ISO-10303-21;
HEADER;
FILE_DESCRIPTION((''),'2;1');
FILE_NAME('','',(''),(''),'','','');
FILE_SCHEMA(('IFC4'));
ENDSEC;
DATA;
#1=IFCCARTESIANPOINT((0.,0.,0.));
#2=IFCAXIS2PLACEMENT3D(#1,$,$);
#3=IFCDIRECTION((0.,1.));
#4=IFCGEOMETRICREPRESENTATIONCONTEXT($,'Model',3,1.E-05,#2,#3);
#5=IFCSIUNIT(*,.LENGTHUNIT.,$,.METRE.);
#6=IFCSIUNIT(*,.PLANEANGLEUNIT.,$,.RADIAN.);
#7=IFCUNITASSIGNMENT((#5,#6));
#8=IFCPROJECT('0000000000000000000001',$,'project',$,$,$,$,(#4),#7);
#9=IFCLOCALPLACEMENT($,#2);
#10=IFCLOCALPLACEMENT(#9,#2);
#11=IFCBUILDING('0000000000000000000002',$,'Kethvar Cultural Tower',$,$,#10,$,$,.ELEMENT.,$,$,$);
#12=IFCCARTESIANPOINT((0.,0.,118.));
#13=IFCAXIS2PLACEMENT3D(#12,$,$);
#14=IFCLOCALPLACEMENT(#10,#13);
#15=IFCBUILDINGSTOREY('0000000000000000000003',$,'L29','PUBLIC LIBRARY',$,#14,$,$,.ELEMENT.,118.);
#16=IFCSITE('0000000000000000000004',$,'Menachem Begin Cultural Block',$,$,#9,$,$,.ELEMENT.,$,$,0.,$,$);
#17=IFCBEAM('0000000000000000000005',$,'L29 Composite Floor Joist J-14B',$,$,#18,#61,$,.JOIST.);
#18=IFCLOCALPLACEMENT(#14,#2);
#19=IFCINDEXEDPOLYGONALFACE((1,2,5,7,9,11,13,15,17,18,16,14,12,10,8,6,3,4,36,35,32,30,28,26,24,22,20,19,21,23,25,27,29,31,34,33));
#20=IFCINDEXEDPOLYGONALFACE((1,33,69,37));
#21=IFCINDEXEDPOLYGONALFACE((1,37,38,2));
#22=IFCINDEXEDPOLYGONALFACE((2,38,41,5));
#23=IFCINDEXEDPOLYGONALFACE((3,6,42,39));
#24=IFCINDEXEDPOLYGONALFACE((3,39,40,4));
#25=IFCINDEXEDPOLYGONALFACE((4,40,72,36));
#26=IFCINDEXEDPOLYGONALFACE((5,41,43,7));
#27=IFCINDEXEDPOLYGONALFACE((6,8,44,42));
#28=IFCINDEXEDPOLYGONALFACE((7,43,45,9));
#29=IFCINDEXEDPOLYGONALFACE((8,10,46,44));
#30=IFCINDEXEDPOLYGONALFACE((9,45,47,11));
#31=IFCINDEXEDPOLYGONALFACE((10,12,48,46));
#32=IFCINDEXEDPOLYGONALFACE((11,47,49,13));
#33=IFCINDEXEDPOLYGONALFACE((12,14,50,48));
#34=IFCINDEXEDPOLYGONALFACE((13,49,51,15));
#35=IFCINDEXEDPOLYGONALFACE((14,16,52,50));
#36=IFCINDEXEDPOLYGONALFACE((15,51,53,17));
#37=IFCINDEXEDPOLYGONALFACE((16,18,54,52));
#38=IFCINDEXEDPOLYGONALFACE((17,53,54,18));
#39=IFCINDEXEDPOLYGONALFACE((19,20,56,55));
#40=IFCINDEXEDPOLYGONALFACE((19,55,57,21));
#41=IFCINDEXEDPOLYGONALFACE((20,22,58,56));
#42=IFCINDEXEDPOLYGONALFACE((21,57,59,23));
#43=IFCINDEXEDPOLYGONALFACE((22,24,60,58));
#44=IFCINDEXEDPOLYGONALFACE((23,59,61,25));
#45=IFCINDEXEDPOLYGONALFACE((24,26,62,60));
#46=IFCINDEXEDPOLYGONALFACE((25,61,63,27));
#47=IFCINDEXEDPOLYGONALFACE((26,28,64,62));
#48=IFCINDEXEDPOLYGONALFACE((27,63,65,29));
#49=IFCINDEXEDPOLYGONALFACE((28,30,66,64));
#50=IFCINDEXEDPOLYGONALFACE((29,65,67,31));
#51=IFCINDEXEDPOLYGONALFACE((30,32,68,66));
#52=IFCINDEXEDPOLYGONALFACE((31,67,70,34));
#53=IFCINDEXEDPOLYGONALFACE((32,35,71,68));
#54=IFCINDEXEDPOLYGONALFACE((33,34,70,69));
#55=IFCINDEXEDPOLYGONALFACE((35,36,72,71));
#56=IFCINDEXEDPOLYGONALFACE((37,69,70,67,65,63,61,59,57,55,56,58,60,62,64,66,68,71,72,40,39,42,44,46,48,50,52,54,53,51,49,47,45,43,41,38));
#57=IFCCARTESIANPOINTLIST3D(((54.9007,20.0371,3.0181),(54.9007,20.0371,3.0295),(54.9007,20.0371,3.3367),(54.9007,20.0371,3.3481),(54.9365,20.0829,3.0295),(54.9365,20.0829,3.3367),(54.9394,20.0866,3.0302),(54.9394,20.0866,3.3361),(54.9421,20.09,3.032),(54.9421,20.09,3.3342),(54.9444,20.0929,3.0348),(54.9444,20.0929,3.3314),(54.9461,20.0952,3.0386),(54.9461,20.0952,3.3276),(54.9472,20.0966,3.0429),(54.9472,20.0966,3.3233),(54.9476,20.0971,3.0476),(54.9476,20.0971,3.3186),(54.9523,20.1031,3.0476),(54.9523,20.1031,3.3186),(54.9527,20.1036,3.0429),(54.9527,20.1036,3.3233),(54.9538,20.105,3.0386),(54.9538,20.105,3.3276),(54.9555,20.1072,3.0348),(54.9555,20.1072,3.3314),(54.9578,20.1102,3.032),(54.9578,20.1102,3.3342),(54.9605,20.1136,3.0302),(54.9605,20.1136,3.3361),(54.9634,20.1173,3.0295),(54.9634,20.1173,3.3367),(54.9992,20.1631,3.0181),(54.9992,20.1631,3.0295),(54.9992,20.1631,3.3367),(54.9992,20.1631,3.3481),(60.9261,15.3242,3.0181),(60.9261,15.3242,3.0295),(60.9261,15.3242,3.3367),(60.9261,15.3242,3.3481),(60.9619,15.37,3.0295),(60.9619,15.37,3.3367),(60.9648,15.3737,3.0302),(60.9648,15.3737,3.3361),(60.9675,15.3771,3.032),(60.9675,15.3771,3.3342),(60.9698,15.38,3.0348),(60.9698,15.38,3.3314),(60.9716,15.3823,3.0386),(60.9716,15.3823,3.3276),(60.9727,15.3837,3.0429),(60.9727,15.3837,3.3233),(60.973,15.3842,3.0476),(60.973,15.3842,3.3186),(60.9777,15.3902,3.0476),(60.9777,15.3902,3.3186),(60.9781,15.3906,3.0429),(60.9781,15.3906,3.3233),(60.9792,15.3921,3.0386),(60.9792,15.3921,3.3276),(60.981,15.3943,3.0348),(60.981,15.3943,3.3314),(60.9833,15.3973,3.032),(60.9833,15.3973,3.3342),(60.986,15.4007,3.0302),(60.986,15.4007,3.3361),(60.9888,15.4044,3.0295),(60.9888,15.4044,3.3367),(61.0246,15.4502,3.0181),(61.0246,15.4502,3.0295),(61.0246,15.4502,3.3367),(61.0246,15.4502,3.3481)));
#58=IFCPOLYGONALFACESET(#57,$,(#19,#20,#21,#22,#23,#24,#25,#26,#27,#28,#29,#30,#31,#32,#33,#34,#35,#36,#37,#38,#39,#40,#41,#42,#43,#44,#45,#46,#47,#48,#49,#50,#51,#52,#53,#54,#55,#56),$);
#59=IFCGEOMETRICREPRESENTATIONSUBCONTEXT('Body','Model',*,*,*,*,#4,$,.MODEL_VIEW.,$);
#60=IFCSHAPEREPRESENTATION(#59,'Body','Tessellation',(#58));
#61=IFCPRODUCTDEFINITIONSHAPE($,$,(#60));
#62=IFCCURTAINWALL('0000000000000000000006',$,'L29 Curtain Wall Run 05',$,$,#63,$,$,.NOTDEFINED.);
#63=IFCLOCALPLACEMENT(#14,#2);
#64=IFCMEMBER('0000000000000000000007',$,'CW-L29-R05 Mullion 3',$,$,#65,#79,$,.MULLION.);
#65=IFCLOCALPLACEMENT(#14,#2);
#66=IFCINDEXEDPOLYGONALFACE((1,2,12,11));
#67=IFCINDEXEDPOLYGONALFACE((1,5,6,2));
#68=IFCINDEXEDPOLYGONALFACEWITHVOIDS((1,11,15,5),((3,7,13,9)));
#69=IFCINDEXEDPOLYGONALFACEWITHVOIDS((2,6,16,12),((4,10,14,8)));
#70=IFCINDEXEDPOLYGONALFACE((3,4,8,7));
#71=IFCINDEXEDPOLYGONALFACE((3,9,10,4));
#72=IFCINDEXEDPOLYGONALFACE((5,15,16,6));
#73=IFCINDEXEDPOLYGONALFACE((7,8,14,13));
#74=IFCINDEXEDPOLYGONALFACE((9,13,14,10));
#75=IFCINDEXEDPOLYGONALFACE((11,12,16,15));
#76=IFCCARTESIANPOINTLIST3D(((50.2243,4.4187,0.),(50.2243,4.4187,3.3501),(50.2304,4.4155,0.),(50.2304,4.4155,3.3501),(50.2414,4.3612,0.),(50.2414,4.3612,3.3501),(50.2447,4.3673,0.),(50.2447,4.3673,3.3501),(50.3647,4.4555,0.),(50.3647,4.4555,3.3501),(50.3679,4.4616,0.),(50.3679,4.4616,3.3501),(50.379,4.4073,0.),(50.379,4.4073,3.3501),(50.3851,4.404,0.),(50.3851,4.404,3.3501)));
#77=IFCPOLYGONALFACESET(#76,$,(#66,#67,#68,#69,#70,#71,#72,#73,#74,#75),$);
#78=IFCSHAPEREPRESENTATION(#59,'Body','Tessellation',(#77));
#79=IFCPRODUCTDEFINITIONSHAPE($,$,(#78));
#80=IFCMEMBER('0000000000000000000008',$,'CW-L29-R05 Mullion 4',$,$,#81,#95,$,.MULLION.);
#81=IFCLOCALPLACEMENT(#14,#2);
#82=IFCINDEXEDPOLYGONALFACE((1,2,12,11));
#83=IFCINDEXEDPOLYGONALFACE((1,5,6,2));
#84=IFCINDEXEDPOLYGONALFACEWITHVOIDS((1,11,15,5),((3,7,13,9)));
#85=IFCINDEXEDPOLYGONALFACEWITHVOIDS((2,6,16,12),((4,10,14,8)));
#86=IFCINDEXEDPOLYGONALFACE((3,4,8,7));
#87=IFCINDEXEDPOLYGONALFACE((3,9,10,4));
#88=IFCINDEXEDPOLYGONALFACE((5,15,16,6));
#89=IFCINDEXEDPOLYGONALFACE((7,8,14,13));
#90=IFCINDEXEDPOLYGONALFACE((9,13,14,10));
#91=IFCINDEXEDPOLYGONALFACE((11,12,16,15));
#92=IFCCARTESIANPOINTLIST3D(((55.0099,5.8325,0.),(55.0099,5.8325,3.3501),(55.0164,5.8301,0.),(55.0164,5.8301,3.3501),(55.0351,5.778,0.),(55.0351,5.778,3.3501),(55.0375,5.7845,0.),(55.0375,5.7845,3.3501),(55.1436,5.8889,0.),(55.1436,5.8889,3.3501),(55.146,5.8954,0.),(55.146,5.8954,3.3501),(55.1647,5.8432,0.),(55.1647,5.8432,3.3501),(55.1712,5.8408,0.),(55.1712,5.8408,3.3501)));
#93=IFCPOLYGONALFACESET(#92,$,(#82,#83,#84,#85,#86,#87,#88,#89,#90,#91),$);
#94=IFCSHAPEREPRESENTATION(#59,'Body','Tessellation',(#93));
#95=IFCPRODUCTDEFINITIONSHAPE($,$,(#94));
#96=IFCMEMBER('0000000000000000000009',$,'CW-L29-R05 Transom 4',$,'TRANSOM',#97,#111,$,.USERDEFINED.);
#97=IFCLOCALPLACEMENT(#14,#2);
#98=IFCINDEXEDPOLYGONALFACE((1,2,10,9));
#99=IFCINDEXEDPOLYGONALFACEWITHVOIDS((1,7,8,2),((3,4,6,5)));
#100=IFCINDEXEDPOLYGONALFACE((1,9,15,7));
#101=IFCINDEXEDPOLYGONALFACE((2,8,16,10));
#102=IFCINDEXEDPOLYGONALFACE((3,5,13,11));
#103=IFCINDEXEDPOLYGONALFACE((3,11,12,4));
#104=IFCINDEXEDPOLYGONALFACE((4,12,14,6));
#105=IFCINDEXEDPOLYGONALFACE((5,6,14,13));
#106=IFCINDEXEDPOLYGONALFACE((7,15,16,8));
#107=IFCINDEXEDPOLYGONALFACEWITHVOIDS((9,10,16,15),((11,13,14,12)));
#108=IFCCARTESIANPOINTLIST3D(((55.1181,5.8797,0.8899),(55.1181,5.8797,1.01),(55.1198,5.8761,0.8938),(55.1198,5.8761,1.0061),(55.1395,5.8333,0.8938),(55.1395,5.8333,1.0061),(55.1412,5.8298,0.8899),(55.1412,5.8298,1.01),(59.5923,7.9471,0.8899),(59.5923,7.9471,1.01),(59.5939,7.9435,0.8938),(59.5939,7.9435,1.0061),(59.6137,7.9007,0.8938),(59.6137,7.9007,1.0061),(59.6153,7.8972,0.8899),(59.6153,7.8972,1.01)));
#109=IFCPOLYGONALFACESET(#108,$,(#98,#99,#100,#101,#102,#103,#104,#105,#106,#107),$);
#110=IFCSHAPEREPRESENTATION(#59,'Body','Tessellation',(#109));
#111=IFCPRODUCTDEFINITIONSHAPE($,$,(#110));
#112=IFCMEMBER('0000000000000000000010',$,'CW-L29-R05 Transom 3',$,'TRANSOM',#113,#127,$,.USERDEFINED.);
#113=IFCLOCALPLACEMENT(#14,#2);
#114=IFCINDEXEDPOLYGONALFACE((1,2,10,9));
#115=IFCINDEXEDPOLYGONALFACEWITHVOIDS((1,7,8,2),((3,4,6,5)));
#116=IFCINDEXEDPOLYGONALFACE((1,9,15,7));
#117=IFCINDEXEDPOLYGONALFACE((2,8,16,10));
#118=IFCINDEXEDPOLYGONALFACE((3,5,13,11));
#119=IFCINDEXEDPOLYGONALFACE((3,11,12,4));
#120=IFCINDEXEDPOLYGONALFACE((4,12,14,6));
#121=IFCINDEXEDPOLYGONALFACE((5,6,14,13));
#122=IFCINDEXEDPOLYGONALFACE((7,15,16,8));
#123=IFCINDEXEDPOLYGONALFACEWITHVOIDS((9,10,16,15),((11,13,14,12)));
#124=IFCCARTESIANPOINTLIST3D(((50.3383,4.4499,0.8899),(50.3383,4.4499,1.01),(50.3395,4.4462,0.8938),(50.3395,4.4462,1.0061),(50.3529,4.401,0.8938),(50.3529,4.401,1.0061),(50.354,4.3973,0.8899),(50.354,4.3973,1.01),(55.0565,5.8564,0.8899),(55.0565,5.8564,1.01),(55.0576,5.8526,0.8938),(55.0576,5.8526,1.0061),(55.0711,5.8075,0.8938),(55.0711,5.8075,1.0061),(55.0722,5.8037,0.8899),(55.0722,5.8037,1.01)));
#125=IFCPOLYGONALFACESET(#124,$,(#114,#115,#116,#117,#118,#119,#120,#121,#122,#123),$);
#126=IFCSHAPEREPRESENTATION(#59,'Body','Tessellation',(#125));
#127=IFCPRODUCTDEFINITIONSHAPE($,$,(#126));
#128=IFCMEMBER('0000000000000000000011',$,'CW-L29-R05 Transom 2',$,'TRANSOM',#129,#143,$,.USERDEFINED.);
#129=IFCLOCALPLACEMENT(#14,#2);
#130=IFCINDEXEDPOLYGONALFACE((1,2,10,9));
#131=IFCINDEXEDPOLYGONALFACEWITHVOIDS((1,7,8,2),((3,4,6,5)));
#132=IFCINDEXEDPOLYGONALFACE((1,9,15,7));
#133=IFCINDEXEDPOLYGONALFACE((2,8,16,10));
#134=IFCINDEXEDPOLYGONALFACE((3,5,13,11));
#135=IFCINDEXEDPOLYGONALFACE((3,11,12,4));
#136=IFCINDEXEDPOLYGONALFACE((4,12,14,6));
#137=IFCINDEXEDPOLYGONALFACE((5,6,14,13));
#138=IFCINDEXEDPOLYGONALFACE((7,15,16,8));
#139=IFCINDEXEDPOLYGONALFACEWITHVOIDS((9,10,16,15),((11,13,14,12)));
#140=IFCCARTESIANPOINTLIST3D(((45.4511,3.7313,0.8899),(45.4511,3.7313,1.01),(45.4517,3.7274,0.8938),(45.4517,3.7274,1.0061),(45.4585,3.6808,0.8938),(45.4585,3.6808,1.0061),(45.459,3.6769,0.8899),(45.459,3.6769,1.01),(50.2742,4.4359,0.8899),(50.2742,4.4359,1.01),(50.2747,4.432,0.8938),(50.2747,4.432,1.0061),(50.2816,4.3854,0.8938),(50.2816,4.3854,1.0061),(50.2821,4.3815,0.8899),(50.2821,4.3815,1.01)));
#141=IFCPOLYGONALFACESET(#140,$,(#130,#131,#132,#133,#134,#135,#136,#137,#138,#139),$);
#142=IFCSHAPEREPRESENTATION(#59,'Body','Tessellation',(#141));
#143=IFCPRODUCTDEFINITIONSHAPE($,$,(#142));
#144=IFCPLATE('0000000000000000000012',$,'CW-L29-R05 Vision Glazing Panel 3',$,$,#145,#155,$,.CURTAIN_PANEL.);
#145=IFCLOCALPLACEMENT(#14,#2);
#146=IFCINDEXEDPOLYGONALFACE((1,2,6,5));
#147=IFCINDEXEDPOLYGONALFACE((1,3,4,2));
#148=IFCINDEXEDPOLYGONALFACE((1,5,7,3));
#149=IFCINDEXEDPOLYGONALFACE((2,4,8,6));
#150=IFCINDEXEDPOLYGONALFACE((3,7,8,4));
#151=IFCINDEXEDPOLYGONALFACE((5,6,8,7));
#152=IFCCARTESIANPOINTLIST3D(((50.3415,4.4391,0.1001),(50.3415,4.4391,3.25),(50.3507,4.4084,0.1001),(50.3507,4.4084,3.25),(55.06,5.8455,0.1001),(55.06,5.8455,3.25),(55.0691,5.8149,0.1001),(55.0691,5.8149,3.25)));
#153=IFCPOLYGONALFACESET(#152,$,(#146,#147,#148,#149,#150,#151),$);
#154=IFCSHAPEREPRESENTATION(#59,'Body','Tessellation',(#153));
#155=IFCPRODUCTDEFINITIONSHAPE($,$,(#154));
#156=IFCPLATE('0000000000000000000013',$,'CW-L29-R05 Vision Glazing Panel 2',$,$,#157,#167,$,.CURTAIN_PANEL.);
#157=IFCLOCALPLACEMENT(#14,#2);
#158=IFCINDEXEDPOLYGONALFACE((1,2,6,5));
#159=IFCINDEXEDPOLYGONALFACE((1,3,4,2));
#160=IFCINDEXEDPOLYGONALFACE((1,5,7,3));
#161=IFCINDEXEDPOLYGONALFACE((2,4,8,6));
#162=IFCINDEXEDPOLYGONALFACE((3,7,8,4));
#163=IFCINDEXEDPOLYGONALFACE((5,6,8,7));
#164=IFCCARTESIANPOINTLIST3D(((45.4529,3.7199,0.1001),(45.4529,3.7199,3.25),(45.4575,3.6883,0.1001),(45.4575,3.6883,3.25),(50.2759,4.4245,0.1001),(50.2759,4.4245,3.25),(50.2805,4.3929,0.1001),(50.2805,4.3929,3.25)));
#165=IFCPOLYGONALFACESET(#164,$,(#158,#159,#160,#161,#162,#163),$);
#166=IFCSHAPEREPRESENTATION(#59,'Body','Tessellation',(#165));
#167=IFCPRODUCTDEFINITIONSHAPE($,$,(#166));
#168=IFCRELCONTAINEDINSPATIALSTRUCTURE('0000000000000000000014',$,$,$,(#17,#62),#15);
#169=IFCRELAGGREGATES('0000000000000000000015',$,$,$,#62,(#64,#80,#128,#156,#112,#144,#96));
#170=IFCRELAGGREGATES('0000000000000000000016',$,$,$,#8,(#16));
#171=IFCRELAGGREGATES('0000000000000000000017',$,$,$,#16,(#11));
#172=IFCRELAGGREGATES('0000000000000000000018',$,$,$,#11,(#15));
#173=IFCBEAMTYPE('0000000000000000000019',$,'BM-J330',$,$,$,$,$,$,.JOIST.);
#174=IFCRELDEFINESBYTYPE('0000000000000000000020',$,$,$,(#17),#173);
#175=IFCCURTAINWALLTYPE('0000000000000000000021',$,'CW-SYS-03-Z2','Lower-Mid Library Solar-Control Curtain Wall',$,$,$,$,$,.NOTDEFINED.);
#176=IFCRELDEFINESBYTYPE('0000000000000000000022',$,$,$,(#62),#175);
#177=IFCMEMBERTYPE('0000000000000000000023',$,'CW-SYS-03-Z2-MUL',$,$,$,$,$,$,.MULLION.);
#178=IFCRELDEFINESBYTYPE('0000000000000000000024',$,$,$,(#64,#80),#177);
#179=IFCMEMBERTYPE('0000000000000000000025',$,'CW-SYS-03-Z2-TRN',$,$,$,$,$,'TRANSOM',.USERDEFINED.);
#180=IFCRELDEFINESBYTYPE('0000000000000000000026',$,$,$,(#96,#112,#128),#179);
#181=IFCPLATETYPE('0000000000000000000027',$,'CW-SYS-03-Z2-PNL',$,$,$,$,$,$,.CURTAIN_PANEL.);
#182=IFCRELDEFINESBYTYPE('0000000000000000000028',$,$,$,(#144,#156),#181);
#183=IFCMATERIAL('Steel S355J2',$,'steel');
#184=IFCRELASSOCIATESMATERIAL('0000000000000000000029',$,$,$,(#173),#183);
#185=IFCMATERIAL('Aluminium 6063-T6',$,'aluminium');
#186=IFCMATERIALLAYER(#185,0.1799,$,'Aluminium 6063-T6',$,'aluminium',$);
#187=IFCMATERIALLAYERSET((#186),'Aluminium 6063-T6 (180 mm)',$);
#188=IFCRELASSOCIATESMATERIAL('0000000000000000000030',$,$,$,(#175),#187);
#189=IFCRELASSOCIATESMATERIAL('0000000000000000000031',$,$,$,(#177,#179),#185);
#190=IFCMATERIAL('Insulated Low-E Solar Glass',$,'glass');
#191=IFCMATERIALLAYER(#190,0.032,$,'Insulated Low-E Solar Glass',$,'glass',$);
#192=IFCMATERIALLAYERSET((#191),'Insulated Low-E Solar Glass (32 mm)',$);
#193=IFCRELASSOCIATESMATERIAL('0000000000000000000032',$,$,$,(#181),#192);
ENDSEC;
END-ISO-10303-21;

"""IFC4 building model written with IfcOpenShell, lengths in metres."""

from ifc_helpers import new_model, si_unit, direction, frame, origin, origin_2d, place, context, subcontext, project, spatial, rectangle, hollow_rectangle, i_section, extrude, source, transform, mapped, material, layer, layer_set, material_profile, profile_set, type_object, element, aggregate, save


model = new_model("IFC4")

# Units and contexts
model_context = context("Model", 3, precision=1e-05, world=origin(), true_north=direction((0.0, 1.0)))
body_context = subcontext(model_context, "Body", "Model", "MODEL_VIEW")
ifc_project = project(units=[si_unit("LENGTHUNIT", "METRE"), si_unit("PLANEANGLEUNIT", "RADIAN")], contexts=[model_context])

# Site, building, storey
site_placement = place(None, origin())
site = spatial("IfcSite", under=ifc_project, at=site_placement, Name="Menachem Begin Cultural Block", CompositionType="ELEMENT", RefElevation=0.0)
building_placement = place(site_placement, origin())
building = spatial("IfcBuilding", under=site, at=building_placement, Name="Kethvar Cultural Tower", CompositionType="ELEMENT")
storey_placement = place(building_placement, frame((0.0, 0.0, 118.0)))
storey = spatial("IfcBuildingStorey", under=building, at=storey_placement, Name="L29", Description="PUBLIC LIBRARY", CompositionType="ELEMENT", Elevation=118.0)

# Beam
ifc_material_1 = material(Name="Steel S355J2", Category="steel")
ifc_material_profile_1 = material_profile(ifc_material_1, i_section(OverallWidth=0.1599, OverallDepth=0.3301, WebThickness=0.0076, FlangeThickness=0.0115, FilletRadius=0.0181, at=origin_2d()), Name="Steel S355J2 — IPE330")
ifc_profile_set_1 = profile_set([ifc_material_profile_1], Name="Steel S355J2 — IPE330")
beam_type_1 = type_object("IfcBeamType", Name="BM-J330", PredefinedType="JOIST", material=ifc_profile_set_1)
shared_shape_1 = source(origin(), body_context, "Body", "SweptSolid", [
    extrude(i_section(OverallWidth=0.1599, OverallDepth=0.3301, WebThickness=0.0076, FlangeThickness=0.0115, FilletRadius=0.0181, at=origin_2d()), origin(), (0.0, 0.0, 1.0), 7.6497),
])
beam_1_placement = place(storey_placement, frame((54.95, 20.1001, 3.1831), z_axis=(0.787672, -0.616095, 0.0), x_axis=(0.616095, 0.787672, 0.0)))
element("IfcBeam", 1, at=beam_1_placement, inside=storey, type_object=beam_type_1, Name="L29 Composite Floor Joist J-14B", PredefinedType="JOIST", context=body_context, shape_type="MappedRepresentation", body=[
    mapped(shared_shape_1, transform((0.0, 0.0, 0.0), scale=1.0)),
])

# Curtain wall, members, plates
ifc_material_2 = material(Name="Aluminium 6063-T6", Category="aluminium")
ifc_layer_1 = layer(ifc_material_2, 0.1799, Name="Aluminium 6063-T6", Category="aluminium")
ifc_layer_set_1 = layer_set([ifc_layer_1], Name="Aluminium 6063-T6 (180 mm)")
curtain_wall_type = type_object("IfcCurtainWallType", Name="CW-SYS-03-Z2", Description="Lower-Mid Library Solar-Control Curtain Wall", PredefinedType="NOTDEFINED", material=ifc_layer_set_1)
curtain_wall_placement = place(storey_placement, origin())
curtain_wall = element("IfcCurtainWall", 2, at=curtain_wall_placement, inside=storey, type_object=curtain_wall_type, Name="L29 Curtain Wall Run 05", PredefinedType="NOTDEFINED")
ifc_material_profile_2 = material_profile(ifc_material_2, hollow_rectangle(XDim=0.0601, YDim=0.1499, WallThickness=0.0049, at=origin_2d()), Name="Aluminium 6063-T6 — RHS150x60x5")
ifc_profile_set_2 = profile_set([ifc_material_profile_2], Name="Aluminium 6063-T6 — RHS150x60x5")
member_type_1 = type_object("IfcMemberType", Name="CW-SYS-03-Z2-MUL", PredefinedType="MULLION", material=ifc_profile_set_2)
shared_shape_2 = source(origin(), body_context, "Body", "SweptSolid", [
    extrude(hollow_rectangle(XDim=0.0601, YDim=0.1499, WallThickness=0.0049, at=origin_2d()), origin(), (0.0, 0.0, 1.0), 3.3501),
])
member_1_placement = place(storey_placement, frame((50.3047, 4.4114, 0.0), z_axis=(0.0, 0.0, 1.0), x_axis=(-0.285655, 0.958333, 0.0)))
member_1 = element("IfcMember", 3, at=member_1_placement, type_object=member_type_1, Name="CW-L29-R05 Mullion 3", PredefinedType="MULLION", context=body_context, shape_type="MappedRepresentation", body=[
    mapped(shared_shape_2, transform((0.0, 0.0, 0.0), scale=1.0)),
])
member_2_placement = place(storey_placement, frame((55.0906, 5.8367, 0.0), z_axis=(0.0, 0.0, 1.0), x_axis=(-0.41942, 0.907792, 0.0)))
member_2 = element("IfcMember", 4, at=member_2_placement, type_object=member_type_1, Name="CW-L29-R05 Mullion 4", PredefinedType="MULLION", context=body_context, shape_type="MappedRepresentation", body=[
    mapped(shared_shape_2, transform((0.0, 0.0, 0.0), scale=1.0)),
])
ifc_material_profile_3 = material_profile(ifc_material_2, hollow_rectangle(XDim=0.0549, YDim=0.1201, WallThickness=0.0039, at=origin_2d()), Name="Aluminium 6063-T6 — RHS120x55x4")
ifc_profile_set_3 = profile_set([ifc_material_profile_3], Name="Aluminium 6063-T6 — RHS120x55x4")
member_type_2 = type_object("IfcMemberType", Name="CW-SYS-03-Z2-TRN", ElementType="TRANSOM", PredefinedType="USERDEFINED", material=ifc_profile_set_3)
shared_shape_3 = source(origin(), body_context, "Body", "SweptSolid", [
    extrude(hollow_rectangle(XDim=0.0549, YDim=0.1201, WallThickness=0.0039, at=origin_2d()), origin(), (0.0, 0.0, 1.0), 4.9287),
])
member_3_placement = place(storey_placement, frame((55.1296, 5.8547, 0.95), z_axis=(0.907774, 0.41946, 0.0), x_axis=(-0.41946, 0.907774, 0.0)))
member_3 = element("IfcMember", 5, at=member_3_placement, type_object=member_type_2, Name="CW-L29-R05 Transom 4", ObjectType="TRANSOM", PredefinedType="USERDEFINED", context=body_context, shape_type="MappedRepresentation", body=[
    mapped(shared_shape_3, transform((0.0, 0.0, 0.0), scale=1.0)),
])
shared_shape_4 = source(origin(), body_context, "Body", "SweptSolid", [
    extrude(hollow_rectangle(XDim=0.0549, YDim=0.1201, WallThickness=0.0039, at=origin_2d()), origin(), (0.0, 0.0, 1.0), 4.9233),
])
member_4_placement = place(storey_placement, frame((50.3462, 4.4236, 0.95), z_axis=(0.958327, 0.285673, 0.0), x_axis=(-0.285673, 0.958327, 0.0)))
member_4 = element("IfcMember", 6, at=member_4_placement, type_object=member_type_2, Name="CW-L29-R05 Transom 3", ObjectType="TRANSOM", PredefinedType="USERDEFINED", context=body_context, shape_type="MappedRepresentation", body=[
    mapped(shared_shape_4, transform((0.0, 0.0, 0.0), scale=1.0)),
])
shared_shape_5 = source(origin(), body_context, "Body", "SweptSolid", [
    extrude(hollow_rectangle(XDim=0.0549, YDim=0.1201, WallThickness=0.0039, at=origin_2d()), origin(), (0.0, 0.0, 1.0), 4.8743),
])
member_5_placement = place(storey_placement, frame((45.4551, 3.7041, 0.95), z_axis=(0.989497, 0.144555, 0.0), x_axis=(-0.144555, 0.989497, 0.0)))
member_5 = element("IfcMember", 7, at=member_5_placement, type_object=member_type_2, Name="CW-L29-R05 Transom 2", ObjectType="TRANSOM", PredefinedType="USERDEFINED", context=body_context, shape_type="MappedRepresentation", body=[
    mapped(shared_shape_5, transform((0.0, 0.0, 0.0), scale=1.0)),
])
ifc_material_3 = material(Name="Insulated Low-E Solar Glass", Category="glass")
ifc_layer_2 = layer(ifc_material_3, 0.032, Name="Insulated Low-E Solar Glass", Category="glass")
ifc_layer_set_2 = layer_set([ifc_layer_2], Name="Insulated Low-E Solar Glass (32 mm)")
plate_type = type_object("IfcPlateType", Name="CW-SYS-03-Z2-PNL", PredefinedType="CURTAIN_PANEL", material=ifc_layer_set_2)
shared_shape_6 = source(origin(), body_context, "Body", "SweptSolid", [
    extrude(rectangle(XDim=4.9236, YDim=0.032, at=origin_2d()), origin(), (0.0, 0.0, 1.0), 3.1499),
])
plate_1_placement = place(storey_placement, frame((52.7053, 5.127, 0.1001), z_axis=(0.0, 0.0, 1.0), x_axis=(0.958333, 0.285655, 0.0)))
plate_1 = element("IfcPlate", 8, at=plate_1_placement, type_object=plate_type, Name="CW-L29-R05 Vision Glazing Panel 3", PredefinedType="CURTAIN_PANEL", context=body_context, shape_type="MappedRepresentation", body=[
    mapped(shared_shape_6, transform((0.0, 0.0, 0.0), scale=1.0)),
])
shared_shape_7 = source(origin(), body_context, "Body", "SweptSolid", [
    extrude(rectangle(XDim=4.8743, YDim=0.032, at=origin_2d()), origin(), (0.0, 0.0, 1.0), 3.1499),
])
plate_2_placement = place(storey_placement, frame((47.8667, 4.0564, 0.1001), z_axis=(0.0, 0.0, 1.0), x_axis=(0.989496, 0.144563, 0.0)))
plate_2 = element("IfcPlate", 9, at=plate_2_placement, type_object=plate_type, Name="CW-L29-R05 Vision Glazing Panel 2", PredefinedType="CURTAIN_PANEL", context=body_context, shape_type="MappedRepresentation", body=[
    mapped(shared_shape_7, transform((0.0, 0.0, 0.0), scale=1.0)),
])
aggregate(curtain_wall, [member_1, member_2, member_5, plate_2, member_4, plate_1, member_3])

save(model, "model.ifc")
